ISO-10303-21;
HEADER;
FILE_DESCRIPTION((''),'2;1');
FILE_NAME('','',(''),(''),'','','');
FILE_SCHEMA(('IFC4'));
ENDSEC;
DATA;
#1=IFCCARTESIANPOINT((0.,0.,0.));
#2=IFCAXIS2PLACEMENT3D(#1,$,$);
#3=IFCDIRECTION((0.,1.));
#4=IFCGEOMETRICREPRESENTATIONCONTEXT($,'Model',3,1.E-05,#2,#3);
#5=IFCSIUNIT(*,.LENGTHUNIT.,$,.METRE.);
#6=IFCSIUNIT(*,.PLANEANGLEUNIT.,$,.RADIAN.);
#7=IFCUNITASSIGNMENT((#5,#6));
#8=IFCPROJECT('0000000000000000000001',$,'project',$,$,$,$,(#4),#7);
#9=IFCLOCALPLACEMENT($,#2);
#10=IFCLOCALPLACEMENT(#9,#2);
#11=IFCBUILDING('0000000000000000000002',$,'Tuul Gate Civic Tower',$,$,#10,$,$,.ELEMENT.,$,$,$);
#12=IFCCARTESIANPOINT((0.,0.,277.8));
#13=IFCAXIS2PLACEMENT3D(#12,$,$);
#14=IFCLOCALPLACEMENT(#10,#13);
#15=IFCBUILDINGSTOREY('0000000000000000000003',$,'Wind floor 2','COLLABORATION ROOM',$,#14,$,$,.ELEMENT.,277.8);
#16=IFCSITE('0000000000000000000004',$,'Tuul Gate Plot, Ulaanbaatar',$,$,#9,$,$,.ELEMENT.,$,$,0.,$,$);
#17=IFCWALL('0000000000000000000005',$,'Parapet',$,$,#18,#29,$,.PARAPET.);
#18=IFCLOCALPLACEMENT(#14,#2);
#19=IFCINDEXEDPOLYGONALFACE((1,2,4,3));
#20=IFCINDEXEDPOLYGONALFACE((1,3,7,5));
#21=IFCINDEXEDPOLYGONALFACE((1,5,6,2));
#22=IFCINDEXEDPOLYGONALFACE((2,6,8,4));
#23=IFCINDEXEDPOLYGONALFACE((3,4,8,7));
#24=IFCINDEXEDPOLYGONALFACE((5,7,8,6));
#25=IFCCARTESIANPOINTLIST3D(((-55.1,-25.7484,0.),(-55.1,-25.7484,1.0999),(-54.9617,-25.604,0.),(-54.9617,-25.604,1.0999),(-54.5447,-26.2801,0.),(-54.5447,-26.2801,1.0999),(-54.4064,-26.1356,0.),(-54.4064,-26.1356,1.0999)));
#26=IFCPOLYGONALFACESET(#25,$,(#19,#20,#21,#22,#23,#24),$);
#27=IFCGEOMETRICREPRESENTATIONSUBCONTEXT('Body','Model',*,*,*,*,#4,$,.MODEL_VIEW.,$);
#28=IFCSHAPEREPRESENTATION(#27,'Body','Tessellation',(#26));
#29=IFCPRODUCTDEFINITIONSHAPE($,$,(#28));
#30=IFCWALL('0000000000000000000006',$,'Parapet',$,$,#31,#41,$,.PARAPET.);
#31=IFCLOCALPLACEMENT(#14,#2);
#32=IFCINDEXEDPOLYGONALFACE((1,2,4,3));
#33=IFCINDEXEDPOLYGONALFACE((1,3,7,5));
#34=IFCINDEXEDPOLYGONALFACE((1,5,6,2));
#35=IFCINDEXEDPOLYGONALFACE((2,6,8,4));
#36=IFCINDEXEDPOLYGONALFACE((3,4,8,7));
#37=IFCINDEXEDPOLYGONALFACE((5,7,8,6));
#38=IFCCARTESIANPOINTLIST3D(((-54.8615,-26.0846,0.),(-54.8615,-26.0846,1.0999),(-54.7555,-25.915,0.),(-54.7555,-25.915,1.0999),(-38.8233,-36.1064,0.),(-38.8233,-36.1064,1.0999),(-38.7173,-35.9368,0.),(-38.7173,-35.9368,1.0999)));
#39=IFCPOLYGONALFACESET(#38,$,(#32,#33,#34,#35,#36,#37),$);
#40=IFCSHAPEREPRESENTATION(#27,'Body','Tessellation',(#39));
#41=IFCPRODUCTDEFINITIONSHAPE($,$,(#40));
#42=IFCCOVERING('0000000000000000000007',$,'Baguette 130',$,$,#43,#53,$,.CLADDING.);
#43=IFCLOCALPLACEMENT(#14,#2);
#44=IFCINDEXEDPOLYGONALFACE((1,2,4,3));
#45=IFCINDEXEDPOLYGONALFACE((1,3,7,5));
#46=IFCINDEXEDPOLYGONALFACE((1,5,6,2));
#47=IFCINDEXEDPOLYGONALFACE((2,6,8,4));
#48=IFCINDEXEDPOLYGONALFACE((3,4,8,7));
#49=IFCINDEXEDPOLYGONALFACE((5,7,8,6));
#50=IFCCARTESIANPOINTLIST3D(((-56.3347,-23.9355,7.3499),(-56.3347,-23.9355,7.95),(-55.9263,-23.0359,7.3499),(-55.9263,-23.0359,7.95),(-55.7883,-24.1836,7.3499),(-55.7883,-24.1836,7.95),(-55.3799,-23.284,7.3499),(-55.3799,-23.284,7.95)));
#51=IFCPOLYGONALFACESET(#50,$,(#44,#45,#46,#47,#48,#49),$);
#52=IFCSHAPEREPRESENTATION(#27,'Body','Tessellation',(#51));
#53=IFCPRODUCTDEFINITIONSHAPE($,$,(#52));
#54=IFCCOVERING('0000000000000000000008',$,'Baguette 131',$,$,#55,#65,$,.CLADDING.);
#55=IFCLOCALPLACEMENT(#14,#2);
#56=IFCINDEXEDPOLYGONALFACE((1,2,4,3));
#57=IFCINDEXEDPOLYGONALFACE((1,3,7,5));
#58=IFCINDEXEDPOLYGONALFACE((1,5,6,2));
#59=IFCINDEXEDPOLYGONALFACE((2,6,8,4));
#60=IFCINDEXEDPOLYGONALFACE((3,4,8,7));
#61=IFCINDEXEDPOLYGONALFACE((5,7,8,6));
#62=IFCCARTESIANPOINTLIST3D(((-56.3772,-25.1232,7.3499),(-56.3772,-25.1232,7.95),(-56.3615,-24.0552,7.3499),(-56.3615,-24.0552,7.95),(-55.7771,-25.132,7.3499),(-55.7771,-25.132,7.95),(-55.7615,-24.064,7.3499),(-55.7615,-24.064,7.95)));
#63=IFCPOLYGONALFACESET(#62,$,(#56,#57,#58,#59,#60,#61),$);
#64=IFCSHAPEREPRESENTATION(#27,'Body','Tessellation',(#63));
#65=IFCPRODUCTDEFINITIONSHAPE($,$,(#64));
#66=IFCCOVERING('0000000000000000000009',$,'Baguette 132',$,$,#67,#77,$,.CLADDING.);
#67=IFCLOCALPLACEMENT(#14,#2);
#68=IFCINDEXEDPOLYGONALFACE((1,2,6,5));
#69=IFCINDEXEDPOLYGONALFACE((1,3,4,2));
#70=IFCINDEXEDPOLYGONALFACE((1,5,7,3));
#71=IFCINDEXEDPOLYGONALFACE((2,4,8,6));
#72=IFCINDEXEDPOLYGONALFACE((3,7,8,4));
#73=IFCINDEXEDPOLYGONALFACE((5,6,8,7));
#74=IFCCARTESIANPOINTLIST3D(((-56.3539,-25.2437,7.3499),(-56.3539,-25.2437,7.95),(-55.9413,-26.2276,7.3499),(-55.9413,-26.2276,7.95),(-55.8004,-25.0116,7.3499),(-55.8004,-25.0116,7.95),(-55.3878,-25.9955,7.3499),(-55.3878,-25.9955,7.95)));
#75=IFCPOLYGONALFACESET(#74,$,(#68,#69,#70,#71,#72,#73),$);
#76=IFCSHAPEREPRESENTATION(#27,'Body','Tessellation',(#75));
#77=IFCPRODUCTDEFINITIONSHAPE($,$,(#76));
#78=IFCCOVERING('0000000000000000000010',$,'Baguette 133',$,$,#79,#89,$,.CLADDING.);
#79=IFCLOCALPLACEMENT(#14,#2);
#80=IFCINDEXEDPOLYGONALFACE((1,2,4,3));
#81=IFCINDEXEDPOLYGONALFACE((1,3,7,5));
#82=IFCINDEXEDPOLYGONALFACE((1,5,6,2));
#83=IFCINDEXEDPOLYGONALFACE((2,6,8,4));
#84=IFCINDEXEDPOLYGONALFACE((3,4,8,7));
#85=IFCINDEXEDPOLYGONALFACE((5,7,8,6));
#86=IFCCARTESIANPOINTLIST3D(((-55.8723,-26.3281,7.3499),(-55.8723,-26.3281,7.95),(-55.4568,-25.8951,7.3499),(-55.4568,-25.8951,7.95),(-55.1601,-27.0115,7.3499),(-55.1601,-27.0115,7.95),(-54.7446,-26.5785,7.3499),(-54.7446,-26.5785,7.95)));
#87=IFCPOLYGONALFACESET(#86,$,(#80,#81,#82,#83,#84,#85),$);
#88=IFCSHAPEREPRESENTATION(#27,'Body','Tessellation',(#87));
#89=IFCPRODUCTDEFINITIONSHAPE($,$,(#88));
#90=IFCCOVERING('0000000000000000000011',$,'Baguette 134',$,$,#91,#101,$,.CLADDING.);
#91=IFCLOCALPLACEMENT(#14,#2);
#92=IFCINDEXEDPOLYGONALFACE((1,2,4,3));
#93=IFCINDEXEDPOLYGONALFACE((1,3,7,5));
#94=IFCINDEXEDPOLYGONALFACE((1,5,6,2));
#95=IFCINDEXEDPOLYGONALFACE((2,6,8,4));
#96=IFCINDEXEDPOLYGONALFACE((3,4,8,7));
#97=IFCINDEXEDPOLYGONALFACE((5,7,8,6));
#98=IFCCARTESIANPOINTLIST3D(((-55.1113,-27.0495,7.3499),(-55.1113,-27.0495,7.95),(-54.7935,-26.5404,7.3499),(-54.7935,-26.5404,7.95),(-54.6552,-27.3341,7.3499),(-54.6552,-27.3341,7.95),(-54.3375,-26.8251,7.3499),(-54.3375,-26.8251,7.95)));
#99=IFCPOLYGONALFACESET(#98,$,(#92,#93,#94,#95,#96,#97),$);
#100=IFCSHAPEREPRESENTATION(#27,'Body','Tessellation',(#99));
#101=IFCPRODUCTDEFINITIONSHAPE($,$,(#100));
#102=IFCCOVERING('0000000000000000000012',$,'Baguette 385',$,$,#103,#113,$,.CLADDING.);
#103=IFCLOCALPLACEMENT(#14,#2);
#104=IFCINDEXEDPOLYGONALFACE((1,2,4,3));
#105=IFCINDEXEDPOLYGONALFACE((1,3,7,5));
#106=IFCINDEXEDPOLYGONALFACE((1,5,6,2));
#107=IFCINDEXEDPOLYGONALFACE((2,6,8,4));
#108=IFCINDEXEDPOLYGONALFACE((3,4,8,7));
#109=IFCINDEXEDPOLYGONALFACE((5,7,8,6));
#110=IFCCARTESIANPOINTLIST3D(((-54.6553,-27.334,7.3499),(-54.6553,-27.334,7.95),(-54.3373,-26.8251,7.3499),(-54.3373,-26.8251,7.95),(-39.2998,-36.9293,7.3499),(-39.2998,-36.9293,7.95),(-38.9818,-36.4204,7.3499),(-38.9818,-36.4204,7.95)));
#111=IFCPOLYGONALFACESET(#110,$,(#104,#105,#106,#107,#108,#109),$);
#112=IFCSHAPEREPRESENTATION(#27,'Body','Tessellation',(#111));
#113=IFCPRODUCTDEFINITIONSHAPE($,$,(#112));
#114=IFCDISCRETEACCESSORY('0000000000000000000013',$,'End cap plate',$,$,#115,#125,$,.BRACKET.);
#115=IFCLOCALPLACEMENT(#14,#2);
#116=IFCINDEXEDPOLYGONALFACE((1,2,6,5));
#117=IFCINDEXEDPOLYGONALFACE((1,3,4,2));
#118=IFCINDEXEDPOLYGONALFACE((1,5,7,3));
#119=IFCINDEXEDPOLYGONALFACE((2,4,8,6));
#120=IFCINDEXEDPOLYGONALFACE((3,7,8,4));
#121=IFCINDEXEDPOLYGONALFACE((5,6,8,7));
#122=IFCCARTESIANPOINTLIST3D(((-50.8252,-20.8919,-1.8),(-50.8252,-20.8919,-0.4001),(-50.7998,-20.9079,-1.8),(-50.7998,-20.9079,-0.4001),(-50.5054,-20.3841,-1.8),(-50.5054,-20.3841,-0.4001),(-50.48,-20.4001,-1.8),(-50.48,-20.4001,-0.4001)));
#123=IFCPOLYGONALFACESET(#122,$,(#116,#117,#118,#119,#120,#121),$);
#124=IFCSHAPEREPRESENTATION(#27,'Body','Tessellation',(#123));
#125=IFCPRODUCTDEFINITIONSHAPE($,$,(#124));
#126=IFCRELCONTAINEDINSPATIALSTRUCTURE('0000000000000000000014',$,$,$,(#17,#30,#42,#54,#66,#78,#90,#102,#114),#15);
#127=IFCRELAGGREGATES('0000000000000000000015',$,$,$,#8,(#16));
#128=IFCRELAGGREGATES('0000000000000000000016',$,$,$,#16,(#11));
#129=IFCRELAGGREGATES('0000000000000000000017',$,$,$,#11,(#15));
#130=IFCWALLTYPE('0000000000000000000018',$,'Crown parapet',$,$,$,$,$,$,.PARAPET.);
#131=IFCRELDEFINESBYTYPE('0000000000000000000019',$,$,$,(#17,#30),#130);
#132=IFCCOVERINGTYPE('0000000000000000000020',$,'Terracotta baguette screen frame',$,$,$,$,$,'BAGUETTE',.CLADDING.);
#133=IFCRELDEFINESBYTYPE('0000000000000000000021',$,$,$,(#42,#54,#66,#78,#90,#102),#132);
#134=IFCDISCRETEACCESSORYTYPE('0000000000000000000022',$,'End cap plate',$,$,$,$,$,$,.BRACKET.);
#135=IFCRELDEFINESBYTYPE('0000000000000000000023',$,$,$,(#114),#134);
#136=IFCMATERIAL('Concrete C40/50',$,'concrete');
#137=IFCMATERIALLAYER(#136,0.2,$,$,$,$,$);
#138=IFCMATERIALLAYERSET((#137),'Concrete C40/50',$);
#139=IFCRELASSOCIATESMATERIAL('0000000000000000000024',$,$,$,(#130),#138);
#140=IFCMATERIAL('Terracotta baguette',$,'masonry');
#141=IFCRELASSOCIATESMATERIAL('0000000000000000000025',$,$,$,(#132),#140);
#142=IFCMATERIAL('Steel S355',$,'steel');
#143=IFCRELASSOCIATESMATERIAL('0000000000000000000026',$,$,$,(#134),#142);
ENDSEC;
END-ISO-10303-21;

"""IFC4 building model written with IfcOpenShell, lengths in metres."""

from ifc_helpers import new_model, si_unit, direction, frame, frame_2d, origin, origin_2d, place, context, subcontext, project, spatial, rectangle, extrude, material, layer, layer_set, material_profile, profile_set, type_object, element, save


model = new_model("IFC4")

# Units and contexts
model_context = context("Model", 3, precision=1e-05, world=origin(), true_north=direction((0.0, 1.0)))
body_context = subcontext(model_context, "Body", "Model", "MODEL_VIEW")
ifc_project = project(units=[si_unit("LENGTHUNIT", "METRE"), si_unit("PLANEANGLEUNIT", "RADIAN")], contexts=[model_context])

# Site, building, storey
site_placement = place(None, origin())
site = spatial("IfcSite", under=ifc_project, at=site_placement, Name="Tuul Gate Plot, Ulaanbaatar", CompositionType="ELEMENT", RefElevation=0.0)
building_placement = place(site_placement, origin())
building = spatial("IfcBuilding", under=site, at=building_placement, Name="Tuul Gate Civic Tower", CompositionType="ELEMENT")
storey_placement = place(building_placement, frame((0.0, 0.0, 277.8)))
storey = spatial("IfcBuildingStorey", under=building, at=storey_placement, Name="Wind floor 2", Description="COLLABORATION ROOM", CompositionType="ELEMENT", Elevation=277.8)

# Walls
ifc_material_1 = material(Name="Concrete C40/50", Category="concrete")
ifc_layer = layer(ifc_material_1, 0.2)
ifc_layer_set = layer_set([ifc_layer], Name="Concrete C40/50")
wall_type = type_object("IfcWallType", Name="Crown parapet", PredefinedType="PARAPET", material=ifc_layer_set)
wall_1_placement = place(storey_placement, frame((-55.0308, -25.6763, 0.0), z_axis=(0.0, 0.0, 1.0), x_axis=(0.722338, -0.69154, 0.0)))
element("IfcWall", 1, at=wall_1_placement, inside=storey, type_object=wall_type, Name="Parapet", PredefinedType="PARAPET", context=body_context, shape_type="SweptSolid", body=[
    extrude(rectangle(XDim=0.7688, YDim=0.2, at=frame_2d((0.3843, 0.0))), origin(), (0.0, 0.0, 1.0), 1.0999),
])
wall_2_placement = place(storey_placement, frame((-54.8086, -25.9998, 0.0), z_axis=(0.0, 0.0, 1.0), x_axis=(0.848048, -0.52992, 0.0)))
element("IfcWall", 2, at=wall_2_placement, inside=storey, type_object=wall_type, Name="Parapet", PredefinedType="PARAPET", context=body_context, shape_type="SweptSolid", body=[
    extrude(rectangle(XDim=18.9119, YDim=0.2, at=frame_2d((9.4561, 0.0))), origin(), (0.0, 0.0, 1.0), 1.0999),
])

# Coverings
ifc_material_2 = material(Name="Terracotta baguette", Category="masonry")
ifc_material_profile_1 = material_profile(ifc_material_2, rectangle(XDim=0.6001, YDim=0.6001, at=origin_2d()), Name="Terracotta baguette screen frame")
ifc_profile_set_1 = profile_set([ifc_material_profile_1], Name="Terracotta baguette")
covering_type = type_object("IfcCoveringType", Name="Terracotta baguette screen frame", ElementType="BAGUETTE", PredefinedType="CLADDING", material=ifc_profile_set_1)
covering_1_placement = place(storey_placement, frame((-55.6531, -23.1599, 7.6499), z_axis=(-0.413393, -0.910553, 0.0), x_axis=(0.910553, -0.413393, 0.0)))
element("IfcCovering", 3, at=covering_1_placement, inside=storey, type_object=covering_type, Name="Baguette 130", PredefinedType="CLADDING", context=body_context, shape_type="SweptSolid", body=[
    extrude(rectangle(XDim=0.6001, YDim=0.6001, at=origin_2d()), origin(), (0.0, 0.0, 1.0), 0.988),
])
covering_2_placement = place(storey_placement, frame((-56.0615, -24.0596, 7.6499), z_axis=(-0.014627, -0.999893, 0.0), x_axis=(0.999893, -0.014627, 0.0)))
element("IfcCovering", 4, at=covering_2_placement, inside=storey, type_object=covering_type, Name="Baguette 131", PredefinedType="CLADDING", context=body_context, shape_type="SweptSolid", body=[
    extrude(rectangle(XDim=0.6001, YDim=0.6001, at=origin_2d()), origin(), (0.0, 0.0, 1.0), 1.0681),
])
covering_3_placement = place(storey_placement, frame((-56.0771, -25.1277, 7.6499), z_axis=(0.386727, -0.922194, 0.0), x_axis=(0.922194, 0.386727, 0.0)))
element("IfcCovering", 5, at=covering_3_placement, inside=storey, type_object=covering_type, Name="Baguette 132", PredefinedType="CLADDING", context=body_context, shape_type="SweptSolid", body=[
    extrude(rectangle(XDim=0.6001, YDim=0.6001, at=origin_2d()), origin(), (0.0, 0.0, 1.0), 1.0669),
])
covering_4_placement = place(storey_placement, frame((-55.6646, -26.1116, 7.6499), z_axis=(0.72155, -0.692362, 0.0), x_axis=(0.692362, 0.72155, 0.0)))
element("IfcCovering", 6, at=covering_4_placement, inside=storey, type_object=covering_type, Name="Baguette 133", PredefinedType="CLADDING", context=body_context, shape_type="SweptSolid", body=[
    extrude(rectangle(XDim=0.6001, YDim=0.6001, at=origin_2d()), origin(), (0.0, 0.0, 1.0), 0.9871),
])
covering_5_placement = place(storey_placement, frame((-54.9524, -26.7949, 7.6499), z_axis=(0.848304, -0.529509, 0.0), x_axis=(0.529509, 0.848304, 0.0)))
element("IfcCovering", 7, at=covering_5_placement, inside=storey, type_object=covering_type, Name="Baguette 134", PredefinedType="CLADDING", context=body_context, shape_type="SweptSolid", body=[
    extrude(rectangle(XDim=0.6001, YDim=0.6001, at=origin_2d()), origin(), (0.0, 0.0, 1.0), 0.5376),
])
covering_6_placement = place(storey_placement, frame((-54.4963, -27.0796, 7.6499), z_axis=(0.848047, -0.529921, 0.0), x_axis=(0.529921, 0.848047, 0.0)))
element("IfcCovering", 8, at=covering_6_placement, inside=storey, type_object=covering_type, Name="Baguette 385", PredefinedType="CLADDING", context=body_context, shape_type="SweptSolid", body=[
    extrude(rectangle(XDim=0.6001, YDim=0.6001, at=origin_2d()), origin(), (0.0, 0.0, 1.0), 18.1069),
])

# Discrete accessory
ifc_material_3 = material(Name="Steel S355", Category="steel")
discrete_accessory_type = type_object("IfcDiscreteAccessoryType", Name="End cap plate", PredefinedType="BRACKET", material=ifc_material_3)
discrete_accessory_placement = place(storey_placement, frame((-50.6526, -20.646, -1.8), z_axis=(0.0, 0.0, 1.0), x_axis=(0.846132, -0.532973, 0.0)))
element("IfcDiscreteAccessory", 9, at=discrete_accessory_placement, inside=storey, type_object=discrete_accessory_type, Name="End cap plate", PredefinedType="BRACKET", context=body_context, shape_type="SweptSolid", body=[
    extrude(rectangle(XDim=0.03, YDim=0.6001, at=origin_2d()), origin(), (0.0, 0.0, 1.0), 1.3999),
])

save(model, "model.ifc")
